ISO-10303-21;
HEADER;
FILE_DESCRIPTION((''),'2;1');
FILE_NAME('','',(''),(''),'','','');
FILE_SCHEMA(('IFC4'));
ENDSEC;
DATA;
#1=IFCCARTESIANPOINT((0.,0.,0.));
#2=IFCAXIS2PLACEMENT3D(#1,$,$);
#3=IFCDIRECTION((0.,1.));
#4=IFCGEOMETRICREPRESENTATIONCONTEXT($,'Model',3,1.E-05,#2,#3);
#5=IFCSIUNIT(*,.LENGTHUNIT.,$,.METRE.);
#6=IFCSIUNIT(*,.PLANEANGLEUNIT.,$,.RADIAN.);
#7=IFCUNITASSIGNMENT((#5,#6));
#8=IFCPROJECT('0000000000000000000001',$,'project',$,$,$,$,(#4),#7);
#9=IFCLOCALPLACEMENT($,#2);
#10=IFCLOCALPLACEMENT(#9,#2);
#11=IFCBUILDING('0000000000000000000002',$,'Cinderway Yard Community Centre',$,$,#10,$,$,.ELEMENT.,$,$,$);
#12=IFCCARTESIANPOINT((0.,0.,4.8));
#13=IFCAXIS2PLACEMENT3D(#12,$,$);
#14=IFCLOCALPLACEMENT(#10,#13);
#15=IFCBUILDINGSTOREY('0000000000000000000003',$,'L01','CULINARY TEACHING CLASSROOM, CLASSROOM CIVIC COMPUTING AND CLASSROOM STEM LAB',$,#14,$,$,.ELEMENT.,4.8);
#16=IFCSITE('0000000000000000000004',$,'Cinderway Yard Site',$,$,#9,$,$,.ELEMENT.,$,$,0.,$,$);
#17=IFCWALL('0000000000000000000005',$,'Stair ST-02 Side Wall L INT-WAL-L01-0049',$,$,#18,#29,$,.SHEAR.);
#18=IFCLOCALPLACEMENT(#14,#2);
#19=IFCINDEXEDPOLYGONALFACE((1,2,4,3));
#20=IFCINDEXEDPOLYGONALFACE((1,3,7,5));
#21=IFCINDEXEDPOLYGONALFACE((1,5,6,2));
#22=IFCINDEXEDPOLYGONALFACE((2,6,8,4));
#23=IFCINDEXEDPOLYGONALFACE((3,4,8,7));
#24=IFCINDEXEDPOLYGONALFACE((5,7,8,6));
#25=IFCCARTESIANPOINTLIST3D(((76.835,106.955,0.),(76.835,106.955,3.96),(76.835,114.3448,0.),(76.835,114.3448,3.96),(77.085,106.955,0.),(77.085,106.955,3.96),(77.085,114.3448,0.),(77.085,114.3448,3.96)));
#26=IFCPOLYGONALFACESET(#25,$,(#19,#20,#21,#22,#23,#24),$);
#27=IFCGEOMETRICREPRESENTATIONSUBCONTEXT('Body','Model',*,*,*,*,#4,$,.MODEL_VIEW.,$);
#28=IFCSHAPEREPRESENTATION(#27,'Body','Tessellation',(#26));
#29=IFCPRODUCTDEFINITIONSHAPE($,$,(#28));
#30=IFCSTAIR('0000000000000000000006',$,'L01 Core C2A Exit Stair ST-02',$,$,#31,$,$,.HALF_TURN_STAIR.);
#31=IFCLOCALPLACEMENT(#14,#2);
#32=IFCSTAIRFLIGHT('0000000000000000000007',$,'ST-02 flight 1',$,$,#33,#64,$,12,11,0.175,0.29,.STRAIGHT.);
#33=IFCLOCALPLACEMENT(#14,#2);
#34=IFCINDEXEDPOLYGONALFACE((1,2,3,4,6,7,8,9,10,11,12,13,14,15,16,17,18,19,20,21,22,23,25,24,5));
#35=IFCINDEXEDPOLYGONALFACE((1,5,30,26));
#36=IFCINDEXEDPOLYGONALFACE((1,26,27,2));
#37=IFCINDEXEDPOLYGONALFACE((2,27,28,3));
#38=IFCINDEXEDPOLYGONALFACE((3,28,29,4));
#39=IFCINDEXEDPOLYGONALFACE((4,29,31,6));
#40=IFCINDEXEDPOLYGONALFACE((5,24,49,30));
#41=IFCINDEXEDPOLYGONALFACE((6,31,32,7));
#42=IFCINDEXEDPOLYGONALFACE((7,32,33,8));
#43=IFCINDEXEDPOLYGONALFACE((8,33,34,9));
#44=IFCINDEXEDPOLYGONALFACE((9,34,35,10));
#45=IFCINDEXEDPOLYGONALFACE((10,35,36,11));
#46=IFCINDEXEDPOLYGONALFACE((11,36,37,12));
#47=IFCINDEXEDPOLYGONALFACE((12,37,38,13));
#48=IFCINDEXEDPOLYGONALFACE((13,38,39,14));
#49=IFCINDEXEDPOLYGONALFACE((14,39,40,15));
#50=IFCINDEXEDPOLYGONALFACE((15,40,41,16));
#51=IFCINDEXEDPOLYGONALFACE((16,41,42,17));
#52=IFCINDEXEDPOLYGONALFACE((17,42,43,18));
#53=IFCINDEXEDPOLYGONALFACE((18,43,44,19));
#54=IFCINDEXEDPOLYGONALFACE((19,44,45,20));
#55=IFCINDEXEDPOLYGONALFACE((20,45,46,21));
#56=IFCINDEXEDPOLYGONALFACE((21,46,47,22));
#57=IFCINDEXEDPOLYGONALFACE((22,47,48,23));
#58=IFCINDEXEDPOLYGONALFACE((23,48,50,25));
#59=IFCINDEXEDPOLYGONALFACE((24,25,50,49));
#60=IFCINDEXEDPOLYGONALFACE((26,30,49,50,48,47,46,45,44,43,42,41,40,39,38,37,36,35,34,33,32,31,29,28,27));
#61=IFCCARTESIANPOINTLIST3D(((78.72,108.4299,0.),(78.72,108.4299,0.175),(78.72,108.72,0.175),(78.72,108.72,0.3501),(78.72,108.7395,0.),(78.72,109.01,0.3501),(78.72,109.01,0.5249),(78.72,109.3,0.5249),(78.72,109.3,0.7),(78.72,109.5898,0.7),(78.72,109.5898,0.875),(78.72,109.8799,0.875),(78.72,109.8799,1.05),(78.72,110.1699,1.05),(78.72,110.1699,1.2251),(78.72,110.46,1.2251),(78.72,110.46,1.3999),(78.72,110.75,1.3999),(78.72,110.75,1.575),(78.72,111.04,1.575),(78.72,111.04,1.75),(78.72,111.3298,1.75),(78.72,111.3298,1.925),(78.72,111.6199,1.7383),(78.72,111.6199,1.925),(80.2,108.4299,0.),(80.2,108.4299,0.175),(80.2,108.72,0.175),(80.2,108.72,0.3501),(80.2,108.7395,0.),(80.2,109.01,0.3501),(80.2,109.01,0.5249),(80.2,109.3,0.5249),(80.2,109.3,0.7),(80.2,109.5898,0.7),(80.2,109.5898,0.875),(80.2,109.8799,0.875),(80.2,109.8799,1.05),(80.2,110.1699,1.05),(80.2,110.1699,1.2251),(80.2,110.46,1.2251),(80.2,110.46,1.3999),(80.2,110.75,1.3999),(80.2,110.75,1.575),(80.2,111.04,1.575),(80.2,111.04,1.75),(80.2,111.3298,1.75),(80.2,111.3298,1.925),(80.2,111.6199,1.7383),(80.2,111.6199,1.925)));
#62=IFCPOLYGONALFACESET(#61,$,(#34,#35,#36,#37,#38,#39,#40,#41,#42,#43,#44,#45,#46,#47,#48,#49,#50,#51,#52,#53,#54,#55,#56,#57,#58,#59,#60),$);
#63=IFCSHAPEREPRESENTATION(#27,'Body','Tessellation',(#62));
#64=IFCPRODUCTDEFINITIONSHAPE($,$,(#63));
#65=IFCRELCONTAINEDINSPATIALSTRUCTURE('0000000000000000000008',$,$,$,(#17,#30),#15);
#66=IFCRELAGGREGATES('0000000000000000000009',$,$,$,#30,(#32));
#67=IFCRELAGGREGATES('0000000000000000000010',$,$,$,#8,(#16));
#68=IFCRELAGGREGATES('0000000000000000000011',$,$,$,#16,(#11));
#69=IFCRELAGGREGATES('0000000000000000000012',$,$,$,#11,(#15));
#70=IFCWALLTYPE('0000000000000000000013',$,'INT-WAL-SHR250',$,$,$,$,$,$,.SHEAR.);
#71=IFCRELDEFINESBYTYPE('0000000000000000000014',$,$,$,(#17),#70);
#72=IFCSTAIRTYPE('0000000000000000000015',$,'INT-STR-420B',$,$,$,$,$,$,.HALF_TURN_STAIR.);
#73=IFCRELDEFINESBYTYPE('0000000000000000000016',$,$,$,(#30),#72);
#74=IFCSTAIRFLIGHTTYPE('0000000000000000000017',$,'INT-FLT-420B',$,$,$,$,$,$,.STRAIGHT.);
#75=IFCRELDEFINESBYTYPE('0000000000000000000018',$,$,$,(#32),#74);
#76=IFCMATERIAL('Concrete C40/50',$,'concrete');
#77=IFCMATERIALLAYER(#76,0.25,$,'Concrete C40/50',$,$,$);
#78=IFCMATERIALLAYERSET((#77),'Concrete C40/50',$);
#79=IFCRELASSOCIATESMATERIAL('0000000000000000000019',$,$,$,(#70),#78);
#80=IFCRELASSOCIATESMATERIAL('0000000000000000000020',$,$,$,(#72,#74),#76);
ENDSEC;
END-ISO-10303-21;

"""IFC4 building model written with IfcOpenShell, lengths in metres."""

from ifc_helpers import new_model, si_unit, direction, frame, frame_2d, origin, place, context, subcontext, project, spatial, polyline, rectangle, outline, extrude, material, layer, layer_set, type_object, element, aggregate, save


model = new_model("IFC4")

# Units and contexts
model_context = context("Model", 3, precision=1e-05, world=origin(), true_north=direction((0.0, 1.0)))
body_context = subcontext(model_context, "Body", "Model", "MODEL_VIEW")
ifc_project = project(units=[si_unit("LENGTHUNIT", "METRE"), si_unit("PLANEANGLEUNIT", "RADIAN")], contexts=[model_context])

# Site, building, storey
site_placement = place(None, origin())
site = spatial("IfcSite", under=ifc_project, at=site_placement, Name="Cinderway Yard Site", CompositionType="ELEMENT", RefElevation=0.0)
building_placement = place(site_placement, origin())
building = spatial("IfcBuilding", under=site, at=building_placement, Name="Cinderway Yard Community Centre", CompositionType="ELEMENT")
storey_placement = place(building_placement, frame((0.0, 0.0, 4.8)))
storey = spatial("IfcBuildingStorey", under=building, at=storey_placement, Name="L01", Description="CULINARY TEACHING CLASSROOM, CLASSROOM CIVIC COMPUTING AND CLASSROOM STEM LAB", CompositionType="ELEMENT", Elevation=4.8)

# Shared definitions
ifc_material_1 = material(Name="Concrete C40/50", Category="concrete")

# Shared definitions
ifc_layer_1 = layer(ifc_material_1, 0.25, Name="Concrete C40/50")
ifc_layer_set_1 = layer_set([ifc_layer_1], Name="Concrete C40/50")
wall_type_1 = type_object("IfcWallType", Name="INT-WAL-SHR250", PredefinedType="SHEAR", material=ifc_layer_set_1)

# Wall
wall_1_placement = place(storey_placement, frame((76.96, 106.9551, 0.0), z_axis=(0.0, 0.0, 1.0), x_axis=(0.0, 1.0, 0.0)))
element("IfcWall", 1, at=wall_1_placement, inside=storey, type_object=wall_type_1, Name="Stair ST-02 Side Wall L INT-WAL-L01-0049", PredefinedType="SHEAR", context=body_context, shape_type="SweptSolid", body=[
    extrude(rectangle(XDim=7.3899, YDim=0.25, at=frame_2d((3.6948, 0.0))), origin(), (0.0, 0.0, 1.0), 3.96),
])

# Stair, stair flight
stair_type = type_object("IfcStairType", Name="INT-STR-420B", PredefinedType="HALF_TURN_STAIR", material=ifc_material_1)
stair_placement = place(storey_placement, origin())
stair = element("IfcStair", 2, at=stair_placement, inside=storey, type_object=stair_type, Name="L01 Core C2A Exit Stair ST-02", PredefinedType="HALF_TURN_STAIR")
stair_flight_type = type_object("IfcStairFlightType", Name="INT-FLT-420B", PredefinedType="STRAIGHT", material=ifc_material_1)
stair_flight_placement = place(storey_placement, frame((79.46, 108.4299, 0.0), z_axis=(0.0, 0.0, 1.0), x_axis=(0.0, 1.0, 0.0)))
stair_flight = element("IfcStairFlight", 3, at=stair_flight_placement, type_object=stair_flight_type, Name="ST-02 flight 1", NumberOfRisers=12, NumberOfTreads=11, PredefinedType="STRAIGHT", RiserHeight=0.175, TreadLength=0.29, context=body_context, shape_type="SweptSolid", body=[
    extrude(outline(polyline([(0.0, 0.0), (0.0, 0.175), (0.29, 0.175), (0.29, 0.3501), (0.5801, 0.3501), (0.5801, 0.5249), (0.8701, 0.5249), (0.8701, 0.7), (1.1599, 0.7), (1.1599, 0.875), (1.45, 0.875), (1.45, 1.05), (1.74, 1.05), (1.74, 1.2251), (2.03, 1.2251), (2.03, 1.3999), (2.3201, 1.3999), (2.3201, 1.575), (2.6101, 1.575), (2.6101, 1.75), (2.8999, 1.75), (2.8999, 1.925), (3.1899, 1.925), (3.1899, 2.1001), (3.1899, 1.7383), (0.3096, 0.0), (0.0, 0.0)])), frame((0.0, 0.74, 0.0), z_axis=(0.0, -1.0, 0.0), x_axis=(1.0, 0.0, 0.0)), (0.0, 0.0, 1.0), 1.48),
])
aggregate(stair, [stair_flight])

save(model, "model.ifc")
